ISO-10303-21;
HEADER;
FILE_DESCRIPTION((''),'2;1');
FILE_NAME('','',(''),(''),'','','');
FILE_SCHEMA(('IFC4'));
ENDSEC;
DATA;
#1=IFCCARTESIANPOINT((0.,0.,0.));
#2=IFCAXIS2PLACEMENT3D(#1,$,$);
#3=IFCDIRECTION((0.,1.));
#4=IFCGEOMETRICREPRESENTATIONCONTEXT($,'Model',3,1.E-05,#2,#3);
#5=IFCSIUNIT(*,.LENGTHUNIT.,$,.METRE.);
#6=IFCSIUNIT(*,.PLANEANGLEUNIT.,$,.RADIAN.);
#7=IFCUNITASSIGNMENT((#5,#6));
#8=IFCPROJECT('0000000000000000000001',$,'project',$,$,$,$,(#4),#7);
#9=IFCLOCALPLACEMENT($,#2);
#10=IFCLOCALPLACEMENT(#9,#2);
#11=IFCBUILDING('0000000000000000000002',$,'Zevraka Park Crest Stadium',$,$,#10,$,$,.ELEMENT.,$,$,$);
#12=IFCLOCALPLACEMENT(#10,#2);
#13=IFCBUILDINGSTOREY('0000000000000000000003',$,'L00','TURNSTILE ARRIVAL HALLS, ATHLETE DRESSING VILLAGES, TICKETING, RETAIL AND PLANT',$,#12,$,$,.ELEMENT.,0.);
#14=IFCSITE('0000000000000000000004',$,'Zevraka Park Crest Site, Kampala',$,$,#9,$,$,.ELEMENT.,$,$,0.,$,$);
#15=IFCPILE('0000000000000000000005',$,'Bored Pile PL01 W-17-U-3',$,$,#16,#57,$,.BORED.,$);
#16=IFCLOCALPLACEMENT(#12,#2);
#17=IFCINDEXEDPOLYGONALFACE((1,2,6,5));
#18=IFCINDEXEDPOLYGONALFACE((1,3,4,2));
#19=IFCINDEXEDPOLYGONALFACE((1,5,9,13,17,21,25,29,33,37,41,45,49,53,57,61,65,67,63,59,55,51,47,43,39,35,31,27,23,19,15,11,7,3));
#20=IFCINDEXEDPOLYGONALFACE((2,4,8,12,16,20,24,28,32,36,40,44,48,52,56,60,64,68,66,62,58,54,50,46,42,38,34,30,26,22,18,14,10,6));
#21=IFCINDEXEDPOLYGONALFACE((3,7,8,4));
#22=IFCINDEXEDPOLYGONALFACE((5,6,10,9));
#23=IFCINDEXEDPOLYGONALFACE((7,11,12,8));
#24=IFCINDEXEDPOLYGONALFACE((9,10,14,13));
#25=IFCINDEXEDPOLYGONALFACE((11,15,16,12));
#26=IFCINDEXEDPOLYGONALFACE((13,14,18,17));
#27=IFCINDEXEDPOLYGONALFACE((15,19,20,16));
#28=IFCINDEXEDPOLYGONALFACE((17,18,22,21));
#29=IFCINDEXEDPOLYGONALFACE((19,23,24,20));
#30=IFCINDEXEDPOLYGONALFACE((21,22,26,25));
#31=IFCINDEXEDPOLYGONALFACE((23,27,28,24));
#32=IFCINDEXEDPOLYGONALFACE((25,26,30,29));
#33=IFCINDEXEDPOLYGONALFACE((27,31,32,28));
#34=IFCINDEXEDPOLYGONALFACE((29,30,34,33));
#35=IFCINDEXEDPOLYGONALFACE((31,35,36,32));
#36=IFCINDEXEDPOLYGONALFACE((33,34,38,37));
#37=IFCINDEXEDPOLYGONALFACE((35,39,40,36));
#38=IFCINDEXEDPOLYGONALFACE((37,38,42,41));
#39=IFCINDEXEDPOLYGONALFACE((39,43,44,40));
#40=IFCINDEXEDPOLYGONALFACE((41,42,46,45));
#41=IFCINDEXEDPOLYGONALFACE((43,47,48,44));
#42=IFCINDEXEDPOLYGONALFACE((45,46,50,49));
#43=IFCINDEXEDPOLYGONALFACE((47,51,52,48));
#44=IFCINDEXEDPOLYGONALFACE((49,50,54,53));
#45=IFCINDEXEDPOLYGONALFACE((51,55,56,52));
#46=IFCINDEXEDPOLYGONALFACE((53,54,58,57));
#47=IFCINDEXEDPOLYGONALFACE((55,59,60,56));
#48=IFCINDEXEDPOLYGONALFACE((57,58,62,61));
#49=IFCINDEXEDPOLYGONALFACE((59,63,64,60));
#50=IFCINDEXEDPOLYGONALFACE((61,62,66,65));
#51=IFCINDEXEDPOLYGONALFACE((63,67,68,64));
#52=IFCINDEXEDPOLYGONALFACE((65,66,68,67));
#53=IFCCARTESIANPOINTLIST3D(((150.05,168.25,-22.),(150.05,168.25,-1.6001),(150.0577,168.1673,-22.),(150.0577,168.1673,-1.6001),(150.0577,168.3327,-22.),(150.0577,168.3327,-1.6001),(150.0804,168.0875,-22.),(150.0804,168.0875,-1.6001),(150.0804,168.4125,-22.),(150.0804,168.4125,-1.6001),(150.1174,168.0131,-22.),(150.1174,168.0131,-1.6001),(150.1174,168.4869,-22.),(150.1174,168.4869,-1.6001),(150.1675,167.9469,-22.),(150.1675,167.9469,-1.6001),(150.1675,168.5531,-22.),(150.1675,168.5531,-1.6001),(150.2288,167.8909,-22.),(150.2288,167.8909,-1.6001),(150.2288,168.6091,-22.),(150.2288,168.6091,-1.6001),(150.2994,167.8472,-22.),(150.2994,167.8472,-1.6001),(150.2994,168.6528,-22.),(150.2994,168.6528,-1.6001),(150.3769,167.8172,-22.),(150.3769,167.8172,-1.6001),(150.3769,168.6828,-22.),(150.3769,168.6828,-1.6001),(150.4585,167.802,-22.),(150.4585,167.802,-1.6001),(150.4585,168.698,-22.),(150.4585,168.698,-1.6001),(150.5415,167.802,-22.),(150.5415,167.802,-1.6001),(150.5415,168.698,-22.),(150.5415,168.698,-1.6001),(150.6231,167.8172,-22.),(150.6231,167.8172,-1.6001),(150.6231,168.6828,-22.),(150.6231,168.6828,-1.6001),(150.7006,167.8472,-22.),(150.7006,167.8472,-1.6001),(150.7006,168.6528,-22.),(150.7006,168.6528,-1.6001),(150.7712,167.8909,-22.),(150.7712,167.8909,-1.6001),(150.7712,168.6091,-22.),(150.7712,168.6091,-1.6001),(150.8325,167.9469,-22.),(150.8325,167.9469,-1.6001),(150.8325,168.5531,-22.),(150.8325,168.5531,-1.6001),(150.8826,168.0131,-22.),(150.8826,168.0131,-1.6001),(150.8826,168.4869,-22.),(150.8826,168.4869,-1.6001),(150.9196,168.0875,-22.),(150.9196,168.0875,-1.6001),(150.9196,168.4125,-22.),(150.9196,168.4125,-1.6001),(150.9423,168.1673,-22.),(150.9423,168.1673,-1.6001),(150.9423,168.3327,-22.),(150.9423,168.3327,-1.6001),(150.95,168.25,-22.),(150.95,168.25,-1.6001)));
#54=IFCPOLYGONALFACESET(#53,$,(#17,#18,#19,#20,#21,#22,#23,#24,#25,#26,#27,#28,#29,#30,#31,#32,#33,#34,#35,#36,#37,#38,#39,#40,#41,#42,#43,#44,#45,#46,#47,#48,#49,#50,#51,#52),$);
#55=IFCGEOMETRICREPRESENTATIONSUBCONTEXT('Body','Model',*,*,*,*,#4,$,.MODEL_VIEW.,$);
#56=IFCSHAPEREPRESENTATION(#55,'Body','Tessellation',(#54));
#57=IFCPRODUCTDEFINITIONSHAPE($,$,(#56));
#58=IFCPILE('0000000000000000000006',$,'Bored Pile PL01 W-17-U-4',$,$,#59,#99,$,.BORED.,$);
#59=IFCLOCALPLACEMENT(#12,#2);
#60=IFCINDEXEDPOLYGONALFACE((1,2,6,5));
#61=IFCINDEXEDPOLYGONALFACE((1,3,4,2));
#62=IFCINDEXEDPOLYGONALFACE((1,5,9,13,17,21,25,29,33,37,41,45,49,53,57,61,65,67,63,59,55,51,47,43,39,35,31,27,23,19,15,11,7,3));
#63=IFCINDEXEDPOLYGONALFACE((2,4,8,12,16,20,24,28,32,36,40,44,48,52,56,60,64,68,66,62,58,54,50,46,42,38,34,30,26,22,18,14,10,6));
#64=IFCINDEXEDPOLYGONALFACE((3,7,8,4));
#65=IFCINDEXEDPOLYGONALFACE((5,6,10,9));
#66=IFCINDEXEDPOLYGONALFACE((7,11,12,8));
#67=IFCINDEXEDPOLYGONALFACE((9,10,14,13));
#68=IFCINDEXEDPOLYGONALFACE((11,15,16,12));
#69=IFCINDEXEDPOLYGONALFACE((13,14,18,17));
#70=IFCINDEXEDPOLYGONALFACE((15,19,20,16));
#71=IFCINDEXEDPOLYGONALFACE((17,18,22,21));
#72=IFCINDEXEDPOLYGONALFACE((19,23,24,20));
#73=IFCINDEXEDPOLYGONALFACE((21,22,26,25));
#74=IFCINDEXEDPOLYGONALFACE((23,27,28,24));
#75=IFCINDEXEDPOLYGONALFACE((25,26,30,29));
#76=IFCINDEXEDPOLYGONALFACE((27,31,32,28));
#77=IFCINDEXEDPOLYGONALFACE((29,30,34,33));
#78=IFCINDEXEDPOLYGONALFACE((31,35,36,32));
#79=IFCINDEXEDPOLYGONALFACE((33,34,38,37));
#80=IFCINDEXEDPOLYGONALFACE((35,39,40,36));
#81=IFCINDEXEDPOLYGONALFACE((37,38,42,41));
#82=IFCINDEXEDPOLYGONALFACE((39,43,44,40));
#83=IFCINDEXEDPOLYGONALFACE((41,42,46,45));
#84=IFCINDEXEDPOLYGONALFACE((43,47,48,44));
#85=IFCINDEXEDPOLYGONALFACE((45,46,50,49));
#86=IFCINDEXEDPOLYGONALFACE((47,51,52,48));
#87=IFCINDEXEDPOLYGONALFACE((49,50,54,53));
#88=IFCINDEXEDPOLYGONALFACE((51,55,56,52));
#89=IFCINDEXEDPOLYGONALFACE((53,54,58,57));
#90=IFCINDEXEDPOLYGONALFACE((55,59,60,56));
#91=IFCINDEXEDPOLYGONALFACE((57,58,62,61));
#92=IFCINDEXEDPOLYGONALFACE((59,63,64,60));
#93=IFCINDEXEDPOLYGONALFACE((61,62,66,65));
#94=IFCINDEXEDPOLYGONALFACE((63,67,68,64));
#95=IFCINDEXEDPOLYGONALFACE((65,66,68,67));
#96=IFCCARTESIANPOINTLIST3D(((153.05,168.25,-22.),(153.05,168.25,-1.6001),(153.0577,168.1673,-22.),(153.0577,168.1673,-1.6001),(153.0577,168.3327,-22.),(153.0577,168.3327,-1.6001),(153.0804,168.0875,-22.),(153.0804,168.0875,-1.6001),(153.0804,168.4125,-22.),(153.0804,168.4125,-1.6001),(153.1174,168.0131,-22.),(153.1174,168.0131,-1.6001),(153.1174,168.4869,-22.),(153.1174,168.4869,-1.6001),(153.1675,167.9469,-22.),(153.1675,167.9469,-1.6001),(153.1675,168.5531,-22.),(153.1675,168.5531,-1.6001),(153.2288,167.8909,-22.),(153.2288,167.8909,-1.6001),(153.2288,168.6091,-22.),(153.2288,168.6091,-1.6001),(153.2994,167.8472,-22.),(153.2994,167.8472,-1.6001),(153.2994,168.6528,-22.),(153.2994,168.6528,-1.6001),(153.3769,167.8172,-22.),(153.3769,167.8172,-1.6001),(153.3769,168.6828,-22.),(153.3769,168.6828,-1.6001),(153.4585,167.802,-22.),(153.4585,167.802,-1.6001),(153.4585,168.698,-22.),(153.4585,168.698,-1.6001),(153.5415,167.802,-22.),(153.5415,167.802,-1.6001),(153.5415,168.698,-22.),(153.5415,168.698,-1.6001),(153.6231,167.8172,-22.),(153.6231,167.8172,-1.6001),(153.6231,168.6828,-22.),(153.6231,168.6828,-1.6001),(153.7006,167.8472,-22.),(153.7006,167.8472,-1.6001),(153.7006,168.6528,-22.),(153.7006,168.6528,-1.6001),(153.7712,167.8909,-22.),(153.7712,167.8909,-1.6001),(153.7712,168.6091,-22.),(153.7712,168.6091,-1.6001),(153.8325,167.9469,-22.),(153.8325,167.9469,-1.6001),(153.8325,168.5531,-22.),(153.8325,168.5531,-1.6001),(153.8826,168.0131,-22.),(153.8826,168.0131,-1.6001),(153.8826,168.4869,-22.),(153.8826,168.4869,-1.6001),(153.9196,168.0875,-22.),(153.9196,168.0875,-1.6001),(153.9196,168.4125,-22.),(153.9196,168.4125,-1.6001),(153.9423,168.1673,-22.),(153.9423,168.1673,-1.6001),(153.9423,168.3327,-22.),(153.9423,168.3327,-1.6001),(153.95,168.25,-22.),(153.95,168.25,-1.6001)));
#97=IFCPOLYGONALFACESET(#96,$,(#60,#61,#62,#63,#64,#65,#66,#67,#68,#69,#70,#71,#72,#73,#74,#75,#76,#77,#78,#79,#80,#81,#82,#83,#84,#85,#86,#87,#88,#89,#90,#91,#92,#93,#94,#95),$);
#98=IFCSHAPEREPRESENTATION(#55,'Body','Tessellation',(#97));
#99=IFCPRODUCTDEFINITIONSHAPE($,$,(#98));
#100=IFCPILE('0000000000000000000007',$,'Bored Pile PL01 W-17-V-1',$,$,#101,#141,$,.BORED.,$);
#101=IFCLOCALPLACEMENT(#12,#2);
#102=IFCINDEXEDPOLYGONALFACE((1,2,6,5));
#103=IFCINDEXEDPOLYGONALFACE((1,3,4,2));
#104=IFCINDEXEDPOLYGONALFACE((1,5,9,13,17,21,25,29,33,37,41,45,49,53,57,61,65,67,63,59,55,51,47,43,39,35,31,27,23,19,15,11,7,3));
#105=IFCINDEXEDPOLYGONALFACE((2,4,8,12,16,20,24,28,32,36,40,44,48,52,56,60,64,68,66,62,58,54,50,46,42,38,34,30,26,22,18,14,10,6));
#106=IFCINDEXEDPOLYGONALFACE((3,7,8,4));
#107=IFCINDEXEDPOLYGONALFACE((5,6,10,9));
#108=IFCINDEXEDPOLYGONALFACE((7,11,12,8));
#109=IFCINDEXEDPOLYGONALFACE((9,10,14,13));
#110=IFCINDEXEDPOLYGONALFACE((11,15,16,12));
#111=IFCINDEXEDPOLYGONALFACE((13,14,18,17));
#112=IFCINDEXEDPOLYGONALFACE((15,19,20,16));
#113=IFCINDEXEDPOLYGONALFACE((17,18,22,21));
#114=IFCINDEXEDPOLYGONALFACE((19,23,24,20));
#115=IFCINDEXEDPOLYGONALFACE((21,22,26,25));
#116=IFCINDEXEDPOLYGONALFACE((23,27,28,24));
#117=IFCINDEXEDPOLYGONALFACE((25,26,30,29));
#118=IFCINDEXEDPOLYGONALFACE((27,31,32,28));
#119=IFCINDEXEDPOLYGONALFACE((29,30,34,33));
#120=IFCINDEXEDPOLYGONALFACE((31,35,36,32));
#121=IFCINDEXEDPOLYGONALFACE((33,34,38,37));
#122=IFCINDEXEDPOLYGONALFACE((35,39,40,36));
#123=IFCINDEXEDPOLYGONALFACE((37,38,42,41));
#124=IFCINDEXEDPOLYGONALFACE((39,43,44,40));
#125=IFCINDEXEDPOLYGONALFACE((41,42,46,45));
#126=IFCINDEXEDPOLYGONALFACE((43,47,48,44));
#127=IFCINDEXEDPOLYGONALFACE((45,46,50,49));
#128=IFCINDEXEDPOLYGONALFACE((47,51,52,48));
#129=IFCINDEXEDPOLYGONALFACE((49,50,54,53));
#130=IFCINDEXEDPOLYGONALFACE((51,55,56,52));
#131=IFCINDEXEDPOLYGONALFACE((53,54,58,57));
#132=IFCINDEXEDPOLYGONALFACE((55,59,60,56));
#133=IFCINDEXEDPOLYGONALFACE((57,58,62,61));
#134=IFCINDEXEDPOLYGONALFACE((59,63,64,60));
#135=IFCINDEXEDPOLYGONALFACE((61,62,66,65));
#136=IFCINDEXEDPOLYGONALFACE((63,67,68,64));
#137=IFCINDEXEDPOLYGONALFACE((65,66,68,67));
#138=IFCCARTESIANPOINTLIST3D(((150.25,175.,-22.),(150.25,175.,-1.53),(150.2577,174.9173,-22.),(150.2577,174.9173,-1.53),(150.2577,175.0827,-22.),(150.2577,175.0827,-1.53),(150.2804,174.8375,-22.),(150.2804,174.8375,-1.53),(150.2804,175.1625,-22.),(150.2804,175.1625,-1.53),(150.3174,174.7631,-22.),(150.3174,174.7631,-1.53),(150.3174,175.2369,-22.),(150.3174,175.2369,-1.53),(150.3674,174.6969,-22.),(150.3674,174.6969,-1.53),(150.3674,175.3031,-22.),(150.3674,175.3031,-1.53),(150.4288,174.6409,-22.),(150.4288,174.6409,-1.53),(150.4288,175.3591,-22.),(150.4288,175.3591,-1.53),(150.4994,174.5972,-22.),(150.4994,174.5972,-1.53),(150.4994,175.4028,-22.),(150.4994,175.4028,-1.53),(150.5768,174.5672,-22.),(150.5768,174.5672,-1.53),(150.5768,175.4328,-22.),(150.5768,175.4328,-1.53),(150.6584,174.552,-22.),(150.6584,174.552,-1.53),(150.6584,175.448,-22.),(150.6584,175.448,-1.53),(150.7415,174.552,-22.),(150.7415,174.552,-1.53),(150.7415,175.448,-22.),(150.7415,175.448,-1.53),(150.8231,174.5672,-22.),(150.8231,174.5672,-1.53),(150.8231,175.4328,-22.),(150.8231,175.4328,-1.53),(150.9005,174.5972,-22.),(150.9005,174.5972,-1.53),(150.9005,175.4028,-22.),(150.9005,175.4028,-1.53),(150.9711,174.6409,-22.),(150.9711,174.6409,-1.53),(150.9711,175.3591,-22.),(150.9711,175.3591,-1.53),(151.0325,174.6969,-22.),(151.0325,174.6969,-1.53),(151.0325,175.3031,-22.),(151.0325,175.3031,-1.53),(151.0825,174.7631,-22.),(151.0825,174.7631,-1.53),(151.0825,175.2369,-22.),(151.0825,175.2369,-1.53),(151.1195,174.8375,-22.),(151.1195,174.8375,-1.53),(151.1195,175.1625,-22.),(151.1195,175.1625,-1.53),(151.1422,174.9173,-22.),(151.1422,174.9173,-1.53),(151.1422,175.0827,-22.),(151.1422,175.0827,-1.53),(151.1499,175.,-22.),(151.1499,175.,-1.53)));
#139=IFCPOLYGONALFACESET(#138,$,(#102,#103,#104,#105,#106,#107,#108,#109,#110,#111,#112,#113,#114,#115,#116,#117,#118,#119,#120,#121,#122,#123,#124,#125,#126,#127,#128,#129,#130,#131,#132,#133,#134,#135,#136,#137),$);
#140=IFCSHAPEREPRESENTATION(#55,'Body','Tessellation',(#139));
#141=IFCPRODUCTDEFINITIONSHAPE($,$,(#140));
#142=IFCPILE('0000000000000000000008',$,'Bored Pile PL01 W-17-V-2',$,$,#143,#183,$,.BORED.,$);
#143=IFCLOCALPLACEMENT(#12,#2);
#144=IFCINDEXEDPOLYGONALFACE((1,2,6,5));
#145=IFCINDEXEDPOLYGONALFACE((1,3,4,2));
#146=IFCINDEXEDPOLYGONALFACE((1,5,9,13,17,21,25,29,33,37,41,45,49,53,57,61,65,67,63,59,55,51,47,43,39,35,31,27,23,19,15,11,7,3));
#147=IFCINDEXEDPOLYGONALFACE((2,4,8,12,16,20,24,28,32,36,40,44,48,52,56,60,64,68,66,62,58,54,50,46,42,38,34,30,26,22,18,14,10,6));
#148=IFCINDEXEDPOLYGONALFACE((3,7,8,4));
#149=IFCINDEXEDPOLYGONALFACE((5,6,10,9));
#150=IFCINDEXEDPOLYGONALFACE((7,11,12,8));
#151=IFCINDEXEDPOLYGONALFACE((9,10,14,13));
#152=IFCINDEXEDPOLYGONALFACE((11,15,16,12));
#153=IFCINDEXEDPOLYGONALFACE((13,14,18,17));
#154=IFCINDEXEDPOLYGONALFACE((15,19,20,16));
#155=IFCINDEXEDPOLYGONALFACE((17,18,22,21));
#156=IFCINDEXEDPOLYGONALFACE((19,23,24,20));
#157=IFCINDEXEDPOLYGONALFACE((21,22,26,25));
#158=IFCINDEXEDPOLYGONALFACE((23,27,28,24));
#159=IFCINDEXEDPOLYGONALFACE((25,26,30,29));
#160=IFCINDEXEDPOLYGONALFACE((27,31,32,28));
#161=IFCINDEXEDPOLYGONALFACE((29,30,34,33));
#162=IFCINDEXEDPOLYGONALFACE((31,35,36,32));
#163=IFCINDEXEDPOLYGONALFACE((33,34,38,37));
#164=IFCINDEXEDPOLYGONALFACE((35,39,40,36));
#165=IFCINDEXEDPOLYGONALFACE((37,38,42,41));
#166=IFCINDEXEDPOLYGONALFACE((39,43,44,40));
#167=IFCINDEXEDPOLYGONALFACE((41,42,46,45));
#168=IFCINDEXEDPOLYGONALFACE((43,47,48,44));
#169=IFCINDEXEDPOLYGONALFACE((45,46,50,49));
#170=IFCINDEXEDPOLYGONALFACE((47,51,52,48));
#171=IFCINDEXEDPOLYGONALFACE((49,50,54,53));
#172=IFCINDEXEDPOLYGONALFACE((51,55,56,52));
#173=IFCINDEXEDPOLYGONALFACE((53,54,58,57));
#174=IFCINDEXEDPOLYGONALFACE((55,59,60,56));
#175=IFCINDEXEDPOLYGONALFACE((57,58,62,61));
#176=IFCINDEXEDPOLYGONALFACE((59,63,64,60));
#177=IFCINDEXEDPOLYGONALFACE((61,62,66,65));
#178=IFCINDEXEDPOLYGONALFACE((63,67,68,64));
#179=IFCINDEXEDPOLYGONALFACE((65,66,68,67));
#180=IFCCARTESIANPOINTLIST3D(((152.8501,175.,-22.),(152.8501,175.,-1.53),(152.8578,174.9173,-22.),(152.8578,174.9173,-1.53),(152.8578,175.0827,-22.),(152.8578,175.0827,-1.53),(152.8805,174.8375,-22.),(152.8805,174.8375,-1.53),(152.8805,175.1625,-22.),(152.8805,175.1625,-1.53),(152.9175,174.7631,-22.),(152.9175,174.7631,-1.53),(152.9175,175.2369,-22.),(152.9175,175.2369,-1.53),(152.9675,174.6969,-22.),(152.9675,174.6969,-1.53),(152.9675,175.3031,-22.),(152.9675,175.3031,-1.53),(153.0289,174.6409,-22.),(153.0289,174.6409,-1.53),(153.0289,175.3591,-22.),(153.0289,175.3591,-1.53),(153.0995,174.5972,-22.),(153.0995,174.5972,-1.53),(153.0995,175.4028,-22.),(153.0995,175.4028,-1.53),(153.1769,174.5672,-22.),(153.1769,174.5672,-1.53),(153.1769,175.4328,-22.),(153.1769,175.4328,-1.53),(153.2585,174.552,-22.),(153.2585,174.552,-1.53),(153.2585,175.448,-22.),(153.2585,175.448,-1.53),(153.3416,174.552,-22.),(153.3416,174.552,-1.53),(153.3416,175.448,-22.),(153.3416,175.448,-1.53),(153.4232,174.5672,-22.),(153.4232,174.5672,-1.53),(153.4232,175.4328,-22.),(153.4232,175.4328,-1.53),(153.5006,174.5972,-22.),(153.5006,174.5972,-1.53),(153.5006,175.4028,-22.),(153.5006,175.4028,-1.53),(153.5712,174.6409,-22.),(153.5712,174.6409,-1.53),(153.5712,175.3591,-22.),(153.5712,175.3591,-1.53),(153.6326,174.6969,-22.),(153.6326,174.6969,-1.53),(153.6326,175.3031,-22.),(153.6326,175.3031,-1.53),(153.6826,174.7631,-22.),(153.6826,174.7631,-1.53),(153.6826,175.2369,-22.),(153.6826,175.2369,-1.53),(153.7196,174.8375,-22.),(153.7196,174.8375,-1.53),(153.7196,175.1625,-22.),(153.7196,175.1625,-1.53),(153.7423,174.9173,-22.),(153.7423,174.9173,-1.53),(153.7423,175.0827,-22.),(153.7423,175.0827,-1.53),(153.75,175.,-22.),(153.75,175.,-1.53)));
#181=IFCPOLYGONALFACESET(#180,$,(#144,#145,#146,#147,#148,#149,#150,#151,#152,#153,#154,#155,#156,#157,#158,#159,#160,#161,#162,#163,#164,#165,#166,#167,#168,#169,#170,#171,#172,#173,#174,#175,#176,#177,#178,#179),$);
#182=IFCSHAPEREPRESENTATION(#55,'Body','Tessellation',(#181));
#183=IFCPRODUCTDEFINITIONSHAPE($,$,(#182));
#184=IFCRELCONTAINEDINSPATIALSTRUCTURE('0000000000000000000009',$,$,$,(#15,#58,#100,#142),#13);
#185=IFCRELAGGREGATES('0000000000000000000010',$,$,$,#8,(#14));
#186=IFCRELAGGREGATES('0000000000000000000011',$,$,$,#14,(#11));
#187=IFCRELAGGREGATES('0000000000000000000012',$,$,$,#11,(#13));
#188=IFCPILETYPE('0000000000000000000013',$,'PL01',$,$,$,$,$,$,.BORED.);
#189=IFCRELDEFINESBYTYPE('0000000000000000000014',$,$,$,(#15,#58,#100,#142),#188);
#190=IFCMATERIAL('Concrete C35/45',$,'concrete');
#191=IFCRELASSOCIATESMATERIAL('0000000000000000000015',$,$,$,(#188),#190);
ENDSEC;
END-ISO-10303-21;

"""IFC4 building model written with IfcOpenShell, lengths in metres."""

from ifc_helpers import new_model, si_unit, direction, frame, origin, origin_2d, place, context, subcontext, project, spatial, circle, extrude, material, material_profile, profile_set, type_object, element, save


model = new_model("IFC4")

# Units and contexts
model_context = context("Model", 3, precision=1e-05, world=origin(), true_north=direction((0.0, 1.0)))
body_context = subcontext(model_context, "Body", "Model", "MODEL_VIEW")
ifc_project = project(units=[si_unit("LENGTHUNIT", "METRE"), si_unit("PLANEANGLEUNIT", "RADIAN")], contexts=[model_context])

# Site, building, storey
site_placement = place(None, origin())
site = spatial("IfcSite", under=ifc_project, at=site_placement, Name="Zevraka Park Crest Site, Kampala", CompositionType="ELEMENT", RefElevation=0.0)
building_placement = place(site_placement, origin())
building = spatial("IfcBuilding", under=site, at=building_placement, Name="Zevraka Park Crest Stadium", CompositionType="ELEMENT")
storey_placement = place(building_placement, origin())
storey = spatial("IfcBuildingStorey", under=building, at=storey_placement, Name="L00", Description="TURNSTILE ARRIVAL HALLS, ATHLETE DRESSING VILLAGES, TICKETING, RETAIL AND PLANT", CompositionType="ELEMENT", Elevation=0.0)

# Piles
ifc_material_1 = material(Name="Concrete C35/45", Category="concrete")
ifc_material_profile_1 = material_profile(ifc_material_1, circle(Radius=0.45, at=origin_2d()), Name="PILE D900")
ifc_profile_set_1 = profile_set([ifc_material_profile_1], Name="Concrete C35/45")
pile_type_1 = type_object("IfcPileType", Name="PL01", PredefinedType="BORED", material=ifc_profile_set_1)
for number, where, z_axis, x_axis, name in (
    (1, (150.5, 168.25, -1.6001), (0.0, 0.0, -1.0), (1.0, 0.0, 0.0), "Bored Pile PL01 W-17-U-3"),
    (2, (153.5, 168.25, -1.6001), (0.0, 0.0, -1.0), (1.0, 0.0, 0.0), "Bored Pile PL01 W-17-U-4"),
):
    element("IfcPile", number, at=place(storey_placement, frame(where, z_axis=z_axis, x_axis=x_axis)), inside=storey, type_object=pile_type_1, Name=name, PredefinedType="BORED", context=body_context, shape_type="SweptSolid", body=[
        extrude(circle(Radius=0.45, at=origin_2d()), origin(), (0.0, 0.0, 1.0), 20.3999),
    ])
for number, where, z_axis, x_axis, name in (
    (3, (150.7, 175.0, -1.53), (0.0, 0.0, -1.0), (1.0, 0.0, 0.0), "Bored Pile PL01 W-17-V-1"),
    (4, (153.3, 175.0, -1.53), (0.0, 0.0, -1.0), (1.0, 0.0, 0.0), "Bored Pile PL01 W-17-V-2"),
):
    element("IfcPile", number, at=place(storey_placement, frame(where, z_axis=z_axis, x_axis=x_axis)), inside=storey, type_object=pile_type_1, Name=name, PredefinedType="BORED", context=body_context, shape_type="SweptSolid", body=[
        extrude(circle(Radius=0.45, at=origin_2d()), origin(), (0.0, 0.0, 1.0), 20.47),
    ])

save(model, "model.ifc")
